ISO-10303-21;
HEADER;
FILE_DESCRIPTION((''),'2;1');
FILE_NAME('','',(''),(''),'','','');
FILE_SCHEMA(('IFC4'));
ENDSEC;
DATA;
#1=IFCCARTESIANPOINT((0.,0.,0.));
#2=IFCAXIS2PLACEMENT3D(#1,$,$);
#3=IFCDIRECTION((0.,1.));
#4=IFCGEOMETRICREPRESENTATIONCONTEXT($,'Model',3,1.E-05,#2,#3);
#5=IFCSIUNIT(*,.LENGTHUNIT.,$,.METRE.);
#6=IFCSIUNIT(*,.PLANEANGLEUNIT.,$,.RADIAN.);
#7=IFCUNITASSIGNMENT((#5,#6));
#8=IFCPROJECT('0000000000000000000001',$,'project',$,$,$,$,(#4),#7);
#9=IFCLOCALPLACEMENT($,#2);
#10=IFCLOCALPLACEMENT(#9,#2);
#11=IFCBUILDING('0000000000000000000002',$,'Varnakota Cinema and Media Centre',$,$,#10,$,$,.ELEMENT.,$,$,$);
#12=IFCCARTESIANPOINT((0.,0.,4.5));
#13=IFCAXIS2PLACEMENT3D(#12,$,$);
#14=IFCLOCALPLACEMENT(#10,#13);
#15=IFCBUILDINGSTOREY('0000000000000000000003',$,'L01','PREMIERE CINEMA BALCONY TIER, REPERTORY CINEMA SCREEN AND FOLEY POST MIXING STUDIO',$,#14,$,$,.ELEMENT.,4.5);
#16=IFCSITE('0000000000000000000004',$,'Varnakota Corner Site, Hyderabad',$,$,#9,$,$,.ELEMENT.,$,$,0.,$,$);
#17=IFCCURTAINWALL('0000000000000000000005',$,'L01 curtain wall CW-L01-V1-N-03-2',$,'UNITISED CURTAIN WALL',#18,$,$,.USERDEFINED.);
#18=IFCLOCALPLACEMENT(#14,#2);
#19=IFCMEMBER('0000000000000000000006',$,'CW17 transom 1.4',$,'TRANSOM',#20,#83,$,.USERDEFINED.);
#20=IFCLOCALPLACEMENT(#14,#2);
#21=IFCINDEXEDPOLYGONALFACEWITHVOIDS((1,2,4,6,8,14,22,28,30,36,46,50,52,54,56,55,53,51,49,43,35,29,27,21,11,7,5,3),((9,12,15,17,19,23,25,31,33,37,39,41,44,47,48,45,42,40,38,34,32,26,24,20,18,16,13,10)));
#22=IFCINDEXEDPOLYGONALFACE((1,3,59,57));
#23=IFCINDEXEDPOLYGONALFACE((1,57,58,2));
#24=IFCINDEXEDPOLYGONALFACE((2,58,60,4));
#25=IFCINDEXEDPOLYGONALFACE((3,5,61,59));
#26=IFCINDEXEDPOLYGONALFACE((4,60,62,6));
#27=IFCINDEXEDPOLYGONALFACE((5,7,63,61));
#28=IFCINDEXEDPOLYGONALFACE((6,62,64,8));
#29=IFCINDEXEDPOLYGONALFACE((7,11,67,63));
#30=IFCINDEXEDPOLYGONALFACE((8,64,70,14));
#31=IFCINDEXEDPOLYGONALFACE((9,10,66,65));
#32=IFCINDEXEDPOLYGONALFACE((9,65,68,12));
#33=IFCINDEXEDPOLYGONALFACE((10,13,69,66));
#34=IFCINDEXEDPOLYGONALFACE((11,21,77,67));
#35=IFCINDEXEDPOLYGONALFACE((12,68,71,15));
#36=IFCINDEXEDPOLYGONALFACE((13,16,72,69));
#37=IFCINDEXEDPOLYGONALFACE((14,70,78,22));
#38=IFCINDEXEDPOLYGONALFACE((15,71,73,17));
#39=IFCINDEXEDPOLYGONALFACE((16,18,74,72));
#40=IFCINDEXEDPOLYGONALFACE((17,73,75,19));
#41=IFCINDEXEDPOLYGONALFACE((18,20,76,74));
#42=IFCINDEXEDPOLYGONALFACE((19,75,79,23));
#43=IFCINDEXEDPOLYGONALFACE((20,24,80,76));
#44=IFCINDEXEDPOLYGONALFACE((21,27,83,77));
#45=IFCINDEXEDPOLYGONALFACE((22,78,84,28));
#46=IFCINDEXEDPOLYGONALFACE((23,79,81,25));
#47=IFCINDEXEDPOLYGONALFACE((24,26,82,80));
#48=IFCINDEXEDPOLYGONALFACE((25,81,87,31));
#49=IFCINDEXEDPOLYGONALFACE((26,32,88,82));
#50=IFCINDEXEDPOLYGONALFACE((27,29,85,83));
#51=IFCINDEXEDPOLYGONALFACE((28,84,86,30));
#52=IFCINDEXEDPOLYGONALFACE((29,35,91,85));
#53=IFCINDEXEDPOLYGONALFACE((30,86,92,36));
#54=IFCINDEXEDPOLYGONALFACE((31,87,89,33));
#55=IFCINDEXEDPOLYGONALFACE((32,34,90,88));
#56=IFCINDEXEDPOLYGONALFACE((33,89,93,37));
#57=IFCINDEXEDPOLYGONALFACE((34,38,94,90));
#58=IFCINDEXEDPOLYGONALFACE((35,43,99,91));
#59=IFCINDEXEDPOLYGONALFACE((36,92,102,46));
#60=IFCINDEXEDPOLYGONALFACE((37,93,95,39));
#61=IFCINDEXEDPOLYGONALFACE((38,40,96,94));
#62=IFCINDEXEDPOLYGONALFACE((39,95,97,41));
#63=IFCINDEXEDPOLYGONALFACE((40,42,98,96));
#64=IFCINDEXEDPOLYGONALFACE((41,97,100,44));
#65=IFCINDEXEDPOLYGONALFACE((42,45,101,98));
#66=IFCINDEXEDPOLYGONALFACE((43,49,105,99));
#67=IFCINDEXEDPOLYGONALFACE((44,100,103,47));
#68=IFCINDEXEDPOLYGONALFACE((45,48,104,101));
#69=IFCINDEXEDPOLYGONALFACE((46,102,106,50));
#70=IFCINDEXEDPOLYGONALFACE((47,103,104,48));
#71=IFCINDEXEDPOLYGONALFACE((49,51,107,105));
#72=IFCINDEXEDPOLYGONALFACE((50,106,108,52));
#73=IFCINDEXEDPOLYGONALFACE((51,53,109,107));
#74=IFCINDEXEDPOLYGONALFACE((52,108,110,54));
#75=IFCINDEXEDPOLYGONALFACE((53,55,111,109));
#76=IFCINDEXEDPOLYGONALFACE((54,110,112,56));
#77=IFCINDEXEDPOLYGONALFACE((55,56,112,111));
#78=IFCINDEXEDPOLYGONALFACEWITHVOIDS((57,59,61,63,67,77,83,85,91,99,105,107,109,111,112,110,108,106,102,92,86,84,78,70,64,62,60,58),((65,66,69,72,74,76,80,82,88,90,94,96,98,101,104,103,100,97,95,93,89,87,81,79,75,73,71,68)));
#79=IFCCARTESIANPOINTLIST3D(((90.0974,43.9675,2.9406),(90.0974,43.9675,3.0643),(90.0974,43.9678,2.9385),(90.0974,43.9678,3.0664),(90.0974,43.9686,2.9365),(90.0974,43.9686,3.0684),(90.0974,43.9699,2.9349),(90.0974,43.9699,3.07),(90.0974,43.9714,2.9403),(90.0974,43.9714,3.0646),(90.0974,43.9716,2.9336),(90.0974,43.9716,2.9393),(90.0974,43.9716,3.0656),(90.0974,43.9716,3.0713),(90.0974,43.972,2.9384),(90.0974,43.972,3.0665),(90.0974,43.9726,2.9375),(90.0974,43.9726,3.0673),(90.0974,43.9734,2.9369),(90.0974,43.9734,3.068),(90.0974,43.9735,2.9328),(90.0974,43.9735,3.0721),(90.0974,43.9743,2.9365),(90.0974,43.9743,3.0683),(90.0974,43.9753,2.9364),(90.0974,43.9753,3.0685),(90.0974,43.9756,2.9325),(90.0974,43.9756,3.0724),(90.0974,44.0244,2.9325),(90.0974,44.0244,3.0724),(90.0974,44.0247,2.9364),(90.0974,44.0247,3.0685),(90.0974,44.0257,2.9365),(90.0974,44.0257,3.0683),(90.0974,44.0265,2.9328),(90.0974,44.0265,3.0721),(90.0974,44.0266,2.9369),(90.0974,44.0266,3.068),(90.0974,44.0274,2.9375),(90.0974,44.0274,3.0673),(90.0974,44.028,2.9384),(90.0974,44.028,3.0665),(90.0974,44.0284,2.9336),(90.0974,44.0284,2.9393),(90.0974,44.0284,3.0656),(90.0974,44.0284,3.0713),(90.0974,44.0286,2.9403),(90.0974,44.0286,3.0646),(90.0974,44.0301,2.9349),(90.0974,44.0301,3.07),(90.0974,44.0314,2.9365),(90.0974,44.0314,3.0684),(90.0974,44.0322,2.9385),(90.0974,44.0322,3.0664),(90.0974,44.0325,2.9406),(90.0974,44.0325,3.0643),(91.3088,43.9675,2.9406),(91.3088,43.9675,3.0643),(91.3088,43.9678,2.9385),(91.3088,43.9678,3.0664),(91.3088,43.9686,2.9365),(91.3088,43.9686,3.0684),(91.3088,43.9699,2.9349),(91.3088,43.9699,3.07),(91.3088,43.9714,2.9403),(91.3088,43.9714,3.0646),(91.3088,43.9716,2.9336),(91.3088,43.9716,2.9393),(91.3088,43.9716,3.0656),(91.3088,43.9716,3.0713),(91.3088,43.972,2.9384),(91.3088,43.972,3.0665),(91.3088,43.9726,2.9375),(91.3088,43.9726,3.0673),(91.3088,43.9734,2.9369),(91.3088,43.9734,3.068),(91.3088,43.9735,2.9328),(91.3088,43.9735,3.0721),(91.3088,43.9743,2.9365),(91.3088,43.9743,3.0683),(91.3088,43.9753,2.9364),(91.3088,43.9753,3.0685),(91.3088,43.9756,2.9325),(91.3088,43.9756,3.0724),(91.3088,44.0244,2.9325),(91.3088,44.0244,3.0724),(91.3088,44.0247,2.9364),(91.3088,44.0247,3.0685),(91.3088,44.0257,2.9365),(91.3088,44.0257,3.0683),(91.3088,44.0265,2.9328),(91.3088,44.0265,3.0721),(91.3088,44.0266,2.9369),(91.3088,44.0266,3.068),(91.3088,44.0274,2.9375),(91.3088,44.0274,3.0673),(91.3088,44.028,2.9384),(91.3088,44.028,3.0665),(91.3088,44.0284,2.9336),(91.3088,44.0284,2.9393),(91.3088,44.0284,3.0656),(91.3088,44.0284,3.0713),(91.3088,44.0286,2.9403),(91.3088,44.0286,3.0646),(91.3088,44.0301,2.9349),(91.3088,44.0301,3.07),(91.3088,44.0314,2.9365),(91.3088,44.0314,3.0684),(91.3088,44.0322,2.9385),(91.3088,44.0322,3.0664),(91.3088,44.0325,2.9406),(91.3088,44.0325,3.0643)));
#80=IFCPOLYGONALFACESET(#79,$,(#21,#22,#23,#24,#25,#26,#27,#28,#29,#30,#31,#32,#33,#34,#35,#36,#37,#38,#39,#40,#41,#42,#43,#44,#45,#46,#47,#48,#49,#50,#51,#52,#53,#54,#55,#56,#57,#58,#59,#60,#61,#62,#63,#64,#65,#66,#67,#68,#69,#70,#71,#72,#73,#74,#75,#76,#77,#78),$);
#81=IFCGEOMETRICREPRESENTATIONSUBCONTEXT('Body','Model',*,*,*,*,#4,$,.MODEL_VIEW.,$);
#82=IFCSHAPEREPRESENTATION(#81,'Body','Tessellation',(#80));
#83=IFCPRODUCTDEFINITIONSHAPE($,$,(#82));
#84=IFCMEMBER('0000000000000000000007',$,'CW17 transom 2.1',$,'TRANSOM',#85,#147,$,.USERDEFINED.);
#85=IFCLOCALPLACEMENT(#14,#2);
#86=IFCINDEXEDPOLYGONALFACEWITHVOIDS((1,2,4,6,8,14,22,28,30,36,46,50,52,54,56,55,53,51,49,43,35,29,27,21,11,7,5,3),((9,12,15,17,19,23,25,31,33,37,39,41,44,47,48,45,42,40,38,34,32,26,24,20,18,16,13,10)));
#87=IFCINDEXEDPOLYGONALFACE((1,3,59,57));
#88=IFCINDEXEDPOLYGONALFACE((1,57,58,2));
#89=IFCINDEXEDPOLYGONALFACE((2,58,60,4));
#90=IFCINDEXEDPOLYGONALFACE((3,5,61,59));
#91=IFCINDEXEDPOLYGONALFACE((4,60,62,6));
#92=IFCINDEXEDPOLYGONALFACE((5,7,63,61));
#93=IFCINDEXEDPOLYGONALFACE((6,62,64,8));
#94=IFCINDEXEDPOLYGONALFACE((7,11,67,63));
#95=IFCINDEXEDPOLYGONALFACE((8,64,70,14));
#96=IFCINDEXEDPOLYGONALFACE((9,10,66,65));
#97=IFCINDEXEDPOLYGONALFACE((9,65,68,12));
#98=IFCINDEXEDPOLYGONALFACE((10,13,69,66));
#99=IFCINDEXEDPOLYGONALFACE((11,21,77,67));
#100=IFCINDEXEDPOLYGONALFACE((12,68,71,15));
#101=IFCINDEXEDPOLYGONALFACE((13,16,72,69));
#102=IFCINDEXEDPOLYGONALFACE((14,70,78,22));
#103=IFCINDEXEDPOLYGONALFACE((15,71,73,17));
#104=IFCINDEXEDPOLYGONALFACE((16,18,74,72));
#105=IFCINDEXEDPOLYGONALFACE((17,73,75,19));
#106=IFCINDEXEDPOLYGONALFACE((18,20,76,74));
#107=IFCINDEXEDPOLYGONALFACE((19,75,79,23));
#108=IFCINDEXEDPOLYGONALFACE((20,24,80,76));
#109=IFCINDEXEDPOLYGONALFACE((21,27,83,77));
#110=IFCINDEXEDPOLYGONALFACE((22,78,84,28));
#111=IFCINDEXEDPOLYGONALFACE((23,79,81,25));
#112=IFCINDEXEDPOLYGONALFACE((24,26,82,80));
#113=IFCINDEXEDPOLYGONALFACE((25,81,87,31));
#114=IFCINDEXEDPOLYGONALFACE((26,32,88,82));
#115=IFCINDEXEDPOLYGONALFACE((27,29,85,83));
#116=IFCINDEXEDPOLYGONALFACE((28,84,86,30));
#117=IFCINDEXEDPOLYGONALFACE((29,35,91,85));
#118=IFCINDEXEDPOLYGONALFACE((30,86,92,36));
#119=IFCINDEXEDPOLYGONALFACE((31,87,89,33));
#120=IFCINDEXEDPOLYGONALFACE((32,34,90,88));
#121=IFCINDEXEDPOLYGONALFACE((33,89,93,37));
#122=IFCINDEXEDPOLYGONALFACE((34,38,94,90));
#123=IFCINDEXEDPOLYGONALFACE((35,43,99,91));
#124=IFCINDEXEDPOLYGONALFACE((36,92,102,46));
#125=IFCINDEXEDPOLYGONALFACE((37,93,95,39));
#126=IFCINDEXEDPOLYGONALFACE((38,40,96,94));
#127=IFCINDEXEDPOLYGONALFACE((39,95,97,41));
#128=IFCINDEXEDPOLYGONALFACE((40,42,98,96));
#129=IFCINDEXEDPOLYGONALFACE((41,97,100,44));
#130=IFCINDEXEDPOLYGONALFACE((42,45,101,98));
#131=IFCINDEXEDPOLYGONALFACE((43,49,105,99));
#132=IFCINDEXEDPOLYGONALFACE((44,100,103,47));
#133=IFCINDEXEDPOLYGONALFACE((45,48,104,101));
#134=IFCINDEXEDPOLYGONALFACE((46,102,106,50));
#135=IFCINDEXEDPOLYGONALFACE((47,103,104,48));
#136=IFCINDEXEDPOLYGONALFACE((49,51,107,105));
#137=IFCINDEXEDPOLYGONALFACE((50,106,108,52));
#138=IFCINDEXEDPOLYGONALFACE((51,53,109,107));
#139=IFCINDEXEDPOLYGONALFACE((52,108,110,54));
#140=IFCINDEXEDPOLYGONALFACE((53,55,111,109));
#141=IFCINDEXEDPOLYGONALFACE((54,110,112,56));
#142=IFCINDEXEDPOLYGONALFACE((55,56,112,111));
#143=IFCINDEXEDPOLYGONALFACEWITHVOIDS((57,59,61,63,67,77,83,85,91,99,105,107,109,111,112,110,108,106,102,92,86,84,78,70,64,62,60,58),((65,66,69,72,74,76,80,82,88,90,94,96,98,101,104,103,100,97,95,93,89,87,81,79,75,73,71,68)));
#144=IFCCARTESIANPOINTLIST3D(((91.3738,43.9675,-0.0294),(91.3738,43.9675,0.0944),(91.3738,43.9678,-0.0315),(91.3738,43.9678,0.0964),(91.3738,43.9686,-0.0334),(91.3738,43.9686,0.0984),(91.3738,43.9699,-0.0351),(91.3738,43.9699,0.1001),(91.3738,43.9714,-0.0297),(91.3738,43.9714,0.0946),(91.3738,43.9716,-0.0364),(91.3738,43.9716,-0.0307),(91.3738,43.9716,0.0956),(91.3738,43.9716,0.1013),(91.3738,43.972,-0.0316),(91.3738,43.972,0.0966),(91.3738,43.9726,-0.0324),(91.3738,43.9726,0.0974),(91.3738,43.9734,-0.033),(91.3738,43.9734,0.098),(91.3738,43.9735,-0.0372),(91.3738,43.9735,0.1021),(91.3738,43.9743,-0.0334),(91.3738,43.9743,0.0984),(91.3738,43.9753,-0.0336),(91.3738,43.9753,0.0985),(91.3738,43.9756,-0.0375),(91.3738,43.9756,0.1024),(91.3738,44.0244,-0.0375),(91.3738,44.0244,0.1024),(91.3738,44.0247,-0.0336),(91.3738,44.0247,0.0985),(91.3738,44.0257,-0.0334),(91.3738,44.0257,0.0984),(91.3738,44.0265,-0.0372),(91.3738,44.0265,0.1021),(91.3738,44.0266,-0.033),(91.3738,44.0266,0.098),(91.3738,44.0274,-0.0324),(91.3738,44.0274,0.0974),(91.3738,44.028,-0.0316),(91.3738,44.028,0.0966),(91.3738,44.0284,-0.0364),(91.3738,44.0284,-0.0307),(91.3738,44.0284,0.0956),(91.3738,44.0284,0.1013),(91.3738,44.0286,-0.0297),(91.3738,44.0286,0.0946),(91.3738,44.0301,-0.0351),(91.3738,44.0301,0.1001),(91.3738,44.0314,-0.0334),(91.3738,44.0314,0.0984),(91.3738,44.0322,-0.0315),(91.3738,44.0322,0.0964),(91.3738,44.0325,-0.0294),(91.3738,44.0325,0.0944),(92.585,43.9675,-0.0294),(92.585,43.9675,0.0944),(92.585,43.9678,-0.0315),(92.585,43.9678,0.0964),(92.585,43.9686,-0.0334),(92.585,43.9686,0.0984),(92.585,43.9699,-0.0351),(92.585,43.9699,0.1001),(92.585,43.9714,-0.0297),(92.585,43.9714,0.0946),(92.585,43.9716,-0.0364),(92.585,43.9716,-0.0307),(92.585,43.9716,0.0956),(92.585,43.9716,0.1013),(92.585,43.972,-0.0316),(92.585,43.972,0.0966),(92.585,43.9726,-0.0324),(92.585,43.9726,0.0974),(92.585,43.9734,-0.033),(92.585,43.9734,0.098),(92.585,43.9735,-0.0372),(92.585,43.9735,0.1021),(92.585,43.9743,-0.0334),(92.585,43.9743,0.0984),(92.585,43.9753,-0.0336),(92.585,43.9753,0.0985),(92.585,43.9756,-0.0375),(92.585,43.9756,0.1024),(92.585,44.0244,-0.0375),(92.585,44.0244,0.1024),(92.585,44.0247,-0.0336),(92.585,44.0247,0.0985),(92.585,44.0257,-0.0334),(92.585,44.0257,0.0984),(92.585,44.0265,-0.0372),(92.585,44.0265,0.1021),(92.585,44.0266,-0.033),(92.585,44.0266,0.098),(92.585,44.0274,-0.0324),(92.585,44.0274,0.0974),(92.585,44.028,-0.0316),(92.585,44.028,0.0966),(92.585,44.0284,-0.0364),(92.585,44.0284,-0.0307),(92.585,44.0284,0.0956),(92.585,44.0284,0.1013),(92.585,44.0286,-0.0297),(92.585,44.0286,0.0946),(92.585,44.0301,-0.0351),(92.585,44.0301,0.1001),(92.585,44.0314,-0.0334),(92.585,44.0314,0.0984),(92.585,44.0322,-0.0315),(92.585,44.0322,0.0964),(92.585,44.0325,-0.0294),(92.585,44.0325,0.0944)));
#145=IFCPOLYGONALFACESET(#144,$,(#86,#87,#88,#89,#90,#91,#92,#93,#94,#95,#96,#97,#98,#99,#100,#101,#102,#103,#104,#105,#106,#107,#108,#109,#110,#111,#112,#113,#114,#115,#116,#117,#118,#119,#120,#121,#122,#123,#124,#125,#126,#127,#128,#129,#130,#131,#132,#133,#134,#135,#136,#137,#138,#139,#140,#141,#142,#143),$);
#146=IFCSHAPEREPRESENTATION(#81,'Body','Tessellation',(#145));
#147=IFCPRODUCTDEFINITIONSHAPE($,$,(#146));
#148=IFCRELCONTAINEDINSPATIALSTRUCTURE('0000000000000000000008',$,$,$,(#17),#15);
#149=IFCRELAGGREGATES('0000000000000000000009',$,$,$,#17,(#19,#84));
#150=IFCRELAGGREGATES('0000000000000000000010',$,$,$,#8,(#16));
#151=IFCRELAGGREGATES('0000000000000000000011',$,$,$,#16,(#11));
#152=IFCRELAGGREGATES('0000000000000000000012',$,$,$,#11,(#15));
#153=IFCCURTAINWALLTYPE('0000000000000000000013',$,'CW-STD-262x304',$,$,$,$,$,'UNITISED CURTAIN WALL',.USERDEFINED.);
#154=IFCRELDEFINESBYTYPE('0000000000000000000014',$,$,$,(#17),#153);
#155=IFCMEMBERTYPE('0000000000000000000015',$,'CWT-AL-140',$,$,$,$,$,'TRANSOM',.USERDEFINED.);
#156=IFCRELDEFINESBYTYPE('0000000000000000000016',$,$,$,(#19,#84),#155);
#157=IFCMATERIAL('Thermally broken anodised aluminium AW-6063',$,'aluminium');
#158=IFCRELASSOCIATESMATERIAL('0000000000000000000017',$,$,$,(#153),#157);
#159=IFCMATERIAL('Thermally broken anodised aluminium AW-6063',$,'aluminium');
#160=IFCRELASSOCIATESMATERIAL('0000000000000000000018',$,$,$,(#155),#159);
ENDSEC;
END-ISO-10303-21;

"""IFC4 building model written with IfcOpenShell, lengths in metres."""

from ifc_helpers import new_model, si_unit, direction, frame, origin, origin_2d, place, context, subcontext, project, spatial, hollow_rectangle, extrude, material, material_profile, profile_set, type_object, element, aggregate, save


model = new_model("IFC4")

# Units and contexts
model_context = context("Model", 3, precision=1e-05, world=origin(), true_north=direction((0.0, 1.0)))
body_context = subcontext(model_context, "Body", "Model", "MODEL_VIEW")
ifc_project = project(units=[si_unit("LENGTHUNIT", "METRE"), si_unit("PLANEANGLEUNIT", "RADIAN")], contexts=[model_context])

# Site, building, storey
site_placement = place(None, origin())
site = spatial("IfcSite", under=ifc_project, at=site_placement, Name="Varnakota Corner Site, Hyderabad", CompositionType="ELEMENT", RefElevation=0.0)
building_placement = place(site_placement, origin())
building = spatial("IfcBuilding", under=site, at=building_placement, Name="Varnakota Cinema and Media Centre", CompositionType="ELEMENT")
storey_placement = place(building_placement, frame((0.0, 0.0, 4.5)))
storey = spatial("IfcBuildingStorey", under=building, at=storey_placement, Name="L01", Description="PREMIERE CINEMA BALCONY TIER, REPERTORY CINEMA SCREEN AND FOLEY POST MIXING STUDIO", CompositionType="ELEMENT", Elevation=4.5)

# Shared definitions
ifc_material_1 = material(Name="Thermally broken anodised aluminium AW-6063", Category="aluminium")
curtain_wall_type = type_object("IfcCurtainWallType", Name="CW-STD-262x304", ElementType="UNITISED CURTAIN WALL", PredefinedType="USERDEFINED", material=ifc_material_1)

# Curtain wall
curtain_wall_1_placement = place(storey_placement, origin())
curtain_wall_1 = element("IfcCurtainWall", 1, at=curtain_wall_1_placement, inside=storey, type_object=curtain_wall_type, Name="L01 curtain wall CW-L01-V1-N-03-2", ObjectType="UNITISED CURTAIN WALL", PredefinedType="USERDEFINED")

# Members
ifc_material_2 = material(Name="Thermally broken anodised aluminium AW-6063", Category="aluminium")
ifc_material_profile_1 = material_profile(ifc_material_2, hollow_rectangle(XDim=0.0649, YDim=0.1399, WallThickness=0.0039, InnerFilletRadius=0.0039, OuterFilletRadius=0.0081, at=origin_2d()), Name="AL-TRANSOM 140x65x4")
ifc_profile_set_1 = profile_set([ifc_material_profile_1], Name="Thermally broken anodised aluminium AW-6063")
member_type_1 = type_object("IfcMemberType", Name="CWT-AL-140", ElementType="TRANSOM", PredefinedType="USERDEFINED", material=ifc_profile_set_1)
member_1_placement = place(storey_placement, frame((90.0974, 44.0, 3.0024), z_axis=(1.0, 0.0, 0.0), x_axis=(0.0, 1.0, 0.0)))
member_1 = element("IfcMember", 2, at=member_1_placement, type_object=member_type_1, Name="CW17 transom 1.4", ObjectType="TRANSOM", PredefinedType="USERDEFINED", context=body_context, shape_type="SweptSolid", body=[
    extrude(hollow_rectangle(XDim=0.0649, YDim=0.1399, WallThickness=0.0039, InnerFilletRadius=0.0039, OuterFilletRadius=0.0081, at=origin_2d()), origin(), (0.0, 0.0, 1.0), 1.2114),
])
member_2_placement = place(storey_placement, frame((91.3738, 44.0, 0.0325), z_axis=(1.0, 0.0, 0.0), x_axis=(0.0, 1.0, 0.0)))
member_2 = element("IfcMember", 3, at=member_2_placement, type_object=member_type_1, Name="CW17 transom 2.1", ObjectType="TRANSOM", PredefinedType="USERDEFINED", context=body_context, shape_type="SweptSolid", body=[
    extrude(hollow_rectangle(XDim=0.0649, YDim=0.1399, WallThickness=0.0039, InnerFilletRadius=0.0039, OuterFilletRadius=0.0081, at=origin_2d()), origin(), (0.0, 0.0, 1.0), 1.2112),
])

aggregate(curtain_wall_1, [member_1, member_2])

save(model, "model.ifc")
